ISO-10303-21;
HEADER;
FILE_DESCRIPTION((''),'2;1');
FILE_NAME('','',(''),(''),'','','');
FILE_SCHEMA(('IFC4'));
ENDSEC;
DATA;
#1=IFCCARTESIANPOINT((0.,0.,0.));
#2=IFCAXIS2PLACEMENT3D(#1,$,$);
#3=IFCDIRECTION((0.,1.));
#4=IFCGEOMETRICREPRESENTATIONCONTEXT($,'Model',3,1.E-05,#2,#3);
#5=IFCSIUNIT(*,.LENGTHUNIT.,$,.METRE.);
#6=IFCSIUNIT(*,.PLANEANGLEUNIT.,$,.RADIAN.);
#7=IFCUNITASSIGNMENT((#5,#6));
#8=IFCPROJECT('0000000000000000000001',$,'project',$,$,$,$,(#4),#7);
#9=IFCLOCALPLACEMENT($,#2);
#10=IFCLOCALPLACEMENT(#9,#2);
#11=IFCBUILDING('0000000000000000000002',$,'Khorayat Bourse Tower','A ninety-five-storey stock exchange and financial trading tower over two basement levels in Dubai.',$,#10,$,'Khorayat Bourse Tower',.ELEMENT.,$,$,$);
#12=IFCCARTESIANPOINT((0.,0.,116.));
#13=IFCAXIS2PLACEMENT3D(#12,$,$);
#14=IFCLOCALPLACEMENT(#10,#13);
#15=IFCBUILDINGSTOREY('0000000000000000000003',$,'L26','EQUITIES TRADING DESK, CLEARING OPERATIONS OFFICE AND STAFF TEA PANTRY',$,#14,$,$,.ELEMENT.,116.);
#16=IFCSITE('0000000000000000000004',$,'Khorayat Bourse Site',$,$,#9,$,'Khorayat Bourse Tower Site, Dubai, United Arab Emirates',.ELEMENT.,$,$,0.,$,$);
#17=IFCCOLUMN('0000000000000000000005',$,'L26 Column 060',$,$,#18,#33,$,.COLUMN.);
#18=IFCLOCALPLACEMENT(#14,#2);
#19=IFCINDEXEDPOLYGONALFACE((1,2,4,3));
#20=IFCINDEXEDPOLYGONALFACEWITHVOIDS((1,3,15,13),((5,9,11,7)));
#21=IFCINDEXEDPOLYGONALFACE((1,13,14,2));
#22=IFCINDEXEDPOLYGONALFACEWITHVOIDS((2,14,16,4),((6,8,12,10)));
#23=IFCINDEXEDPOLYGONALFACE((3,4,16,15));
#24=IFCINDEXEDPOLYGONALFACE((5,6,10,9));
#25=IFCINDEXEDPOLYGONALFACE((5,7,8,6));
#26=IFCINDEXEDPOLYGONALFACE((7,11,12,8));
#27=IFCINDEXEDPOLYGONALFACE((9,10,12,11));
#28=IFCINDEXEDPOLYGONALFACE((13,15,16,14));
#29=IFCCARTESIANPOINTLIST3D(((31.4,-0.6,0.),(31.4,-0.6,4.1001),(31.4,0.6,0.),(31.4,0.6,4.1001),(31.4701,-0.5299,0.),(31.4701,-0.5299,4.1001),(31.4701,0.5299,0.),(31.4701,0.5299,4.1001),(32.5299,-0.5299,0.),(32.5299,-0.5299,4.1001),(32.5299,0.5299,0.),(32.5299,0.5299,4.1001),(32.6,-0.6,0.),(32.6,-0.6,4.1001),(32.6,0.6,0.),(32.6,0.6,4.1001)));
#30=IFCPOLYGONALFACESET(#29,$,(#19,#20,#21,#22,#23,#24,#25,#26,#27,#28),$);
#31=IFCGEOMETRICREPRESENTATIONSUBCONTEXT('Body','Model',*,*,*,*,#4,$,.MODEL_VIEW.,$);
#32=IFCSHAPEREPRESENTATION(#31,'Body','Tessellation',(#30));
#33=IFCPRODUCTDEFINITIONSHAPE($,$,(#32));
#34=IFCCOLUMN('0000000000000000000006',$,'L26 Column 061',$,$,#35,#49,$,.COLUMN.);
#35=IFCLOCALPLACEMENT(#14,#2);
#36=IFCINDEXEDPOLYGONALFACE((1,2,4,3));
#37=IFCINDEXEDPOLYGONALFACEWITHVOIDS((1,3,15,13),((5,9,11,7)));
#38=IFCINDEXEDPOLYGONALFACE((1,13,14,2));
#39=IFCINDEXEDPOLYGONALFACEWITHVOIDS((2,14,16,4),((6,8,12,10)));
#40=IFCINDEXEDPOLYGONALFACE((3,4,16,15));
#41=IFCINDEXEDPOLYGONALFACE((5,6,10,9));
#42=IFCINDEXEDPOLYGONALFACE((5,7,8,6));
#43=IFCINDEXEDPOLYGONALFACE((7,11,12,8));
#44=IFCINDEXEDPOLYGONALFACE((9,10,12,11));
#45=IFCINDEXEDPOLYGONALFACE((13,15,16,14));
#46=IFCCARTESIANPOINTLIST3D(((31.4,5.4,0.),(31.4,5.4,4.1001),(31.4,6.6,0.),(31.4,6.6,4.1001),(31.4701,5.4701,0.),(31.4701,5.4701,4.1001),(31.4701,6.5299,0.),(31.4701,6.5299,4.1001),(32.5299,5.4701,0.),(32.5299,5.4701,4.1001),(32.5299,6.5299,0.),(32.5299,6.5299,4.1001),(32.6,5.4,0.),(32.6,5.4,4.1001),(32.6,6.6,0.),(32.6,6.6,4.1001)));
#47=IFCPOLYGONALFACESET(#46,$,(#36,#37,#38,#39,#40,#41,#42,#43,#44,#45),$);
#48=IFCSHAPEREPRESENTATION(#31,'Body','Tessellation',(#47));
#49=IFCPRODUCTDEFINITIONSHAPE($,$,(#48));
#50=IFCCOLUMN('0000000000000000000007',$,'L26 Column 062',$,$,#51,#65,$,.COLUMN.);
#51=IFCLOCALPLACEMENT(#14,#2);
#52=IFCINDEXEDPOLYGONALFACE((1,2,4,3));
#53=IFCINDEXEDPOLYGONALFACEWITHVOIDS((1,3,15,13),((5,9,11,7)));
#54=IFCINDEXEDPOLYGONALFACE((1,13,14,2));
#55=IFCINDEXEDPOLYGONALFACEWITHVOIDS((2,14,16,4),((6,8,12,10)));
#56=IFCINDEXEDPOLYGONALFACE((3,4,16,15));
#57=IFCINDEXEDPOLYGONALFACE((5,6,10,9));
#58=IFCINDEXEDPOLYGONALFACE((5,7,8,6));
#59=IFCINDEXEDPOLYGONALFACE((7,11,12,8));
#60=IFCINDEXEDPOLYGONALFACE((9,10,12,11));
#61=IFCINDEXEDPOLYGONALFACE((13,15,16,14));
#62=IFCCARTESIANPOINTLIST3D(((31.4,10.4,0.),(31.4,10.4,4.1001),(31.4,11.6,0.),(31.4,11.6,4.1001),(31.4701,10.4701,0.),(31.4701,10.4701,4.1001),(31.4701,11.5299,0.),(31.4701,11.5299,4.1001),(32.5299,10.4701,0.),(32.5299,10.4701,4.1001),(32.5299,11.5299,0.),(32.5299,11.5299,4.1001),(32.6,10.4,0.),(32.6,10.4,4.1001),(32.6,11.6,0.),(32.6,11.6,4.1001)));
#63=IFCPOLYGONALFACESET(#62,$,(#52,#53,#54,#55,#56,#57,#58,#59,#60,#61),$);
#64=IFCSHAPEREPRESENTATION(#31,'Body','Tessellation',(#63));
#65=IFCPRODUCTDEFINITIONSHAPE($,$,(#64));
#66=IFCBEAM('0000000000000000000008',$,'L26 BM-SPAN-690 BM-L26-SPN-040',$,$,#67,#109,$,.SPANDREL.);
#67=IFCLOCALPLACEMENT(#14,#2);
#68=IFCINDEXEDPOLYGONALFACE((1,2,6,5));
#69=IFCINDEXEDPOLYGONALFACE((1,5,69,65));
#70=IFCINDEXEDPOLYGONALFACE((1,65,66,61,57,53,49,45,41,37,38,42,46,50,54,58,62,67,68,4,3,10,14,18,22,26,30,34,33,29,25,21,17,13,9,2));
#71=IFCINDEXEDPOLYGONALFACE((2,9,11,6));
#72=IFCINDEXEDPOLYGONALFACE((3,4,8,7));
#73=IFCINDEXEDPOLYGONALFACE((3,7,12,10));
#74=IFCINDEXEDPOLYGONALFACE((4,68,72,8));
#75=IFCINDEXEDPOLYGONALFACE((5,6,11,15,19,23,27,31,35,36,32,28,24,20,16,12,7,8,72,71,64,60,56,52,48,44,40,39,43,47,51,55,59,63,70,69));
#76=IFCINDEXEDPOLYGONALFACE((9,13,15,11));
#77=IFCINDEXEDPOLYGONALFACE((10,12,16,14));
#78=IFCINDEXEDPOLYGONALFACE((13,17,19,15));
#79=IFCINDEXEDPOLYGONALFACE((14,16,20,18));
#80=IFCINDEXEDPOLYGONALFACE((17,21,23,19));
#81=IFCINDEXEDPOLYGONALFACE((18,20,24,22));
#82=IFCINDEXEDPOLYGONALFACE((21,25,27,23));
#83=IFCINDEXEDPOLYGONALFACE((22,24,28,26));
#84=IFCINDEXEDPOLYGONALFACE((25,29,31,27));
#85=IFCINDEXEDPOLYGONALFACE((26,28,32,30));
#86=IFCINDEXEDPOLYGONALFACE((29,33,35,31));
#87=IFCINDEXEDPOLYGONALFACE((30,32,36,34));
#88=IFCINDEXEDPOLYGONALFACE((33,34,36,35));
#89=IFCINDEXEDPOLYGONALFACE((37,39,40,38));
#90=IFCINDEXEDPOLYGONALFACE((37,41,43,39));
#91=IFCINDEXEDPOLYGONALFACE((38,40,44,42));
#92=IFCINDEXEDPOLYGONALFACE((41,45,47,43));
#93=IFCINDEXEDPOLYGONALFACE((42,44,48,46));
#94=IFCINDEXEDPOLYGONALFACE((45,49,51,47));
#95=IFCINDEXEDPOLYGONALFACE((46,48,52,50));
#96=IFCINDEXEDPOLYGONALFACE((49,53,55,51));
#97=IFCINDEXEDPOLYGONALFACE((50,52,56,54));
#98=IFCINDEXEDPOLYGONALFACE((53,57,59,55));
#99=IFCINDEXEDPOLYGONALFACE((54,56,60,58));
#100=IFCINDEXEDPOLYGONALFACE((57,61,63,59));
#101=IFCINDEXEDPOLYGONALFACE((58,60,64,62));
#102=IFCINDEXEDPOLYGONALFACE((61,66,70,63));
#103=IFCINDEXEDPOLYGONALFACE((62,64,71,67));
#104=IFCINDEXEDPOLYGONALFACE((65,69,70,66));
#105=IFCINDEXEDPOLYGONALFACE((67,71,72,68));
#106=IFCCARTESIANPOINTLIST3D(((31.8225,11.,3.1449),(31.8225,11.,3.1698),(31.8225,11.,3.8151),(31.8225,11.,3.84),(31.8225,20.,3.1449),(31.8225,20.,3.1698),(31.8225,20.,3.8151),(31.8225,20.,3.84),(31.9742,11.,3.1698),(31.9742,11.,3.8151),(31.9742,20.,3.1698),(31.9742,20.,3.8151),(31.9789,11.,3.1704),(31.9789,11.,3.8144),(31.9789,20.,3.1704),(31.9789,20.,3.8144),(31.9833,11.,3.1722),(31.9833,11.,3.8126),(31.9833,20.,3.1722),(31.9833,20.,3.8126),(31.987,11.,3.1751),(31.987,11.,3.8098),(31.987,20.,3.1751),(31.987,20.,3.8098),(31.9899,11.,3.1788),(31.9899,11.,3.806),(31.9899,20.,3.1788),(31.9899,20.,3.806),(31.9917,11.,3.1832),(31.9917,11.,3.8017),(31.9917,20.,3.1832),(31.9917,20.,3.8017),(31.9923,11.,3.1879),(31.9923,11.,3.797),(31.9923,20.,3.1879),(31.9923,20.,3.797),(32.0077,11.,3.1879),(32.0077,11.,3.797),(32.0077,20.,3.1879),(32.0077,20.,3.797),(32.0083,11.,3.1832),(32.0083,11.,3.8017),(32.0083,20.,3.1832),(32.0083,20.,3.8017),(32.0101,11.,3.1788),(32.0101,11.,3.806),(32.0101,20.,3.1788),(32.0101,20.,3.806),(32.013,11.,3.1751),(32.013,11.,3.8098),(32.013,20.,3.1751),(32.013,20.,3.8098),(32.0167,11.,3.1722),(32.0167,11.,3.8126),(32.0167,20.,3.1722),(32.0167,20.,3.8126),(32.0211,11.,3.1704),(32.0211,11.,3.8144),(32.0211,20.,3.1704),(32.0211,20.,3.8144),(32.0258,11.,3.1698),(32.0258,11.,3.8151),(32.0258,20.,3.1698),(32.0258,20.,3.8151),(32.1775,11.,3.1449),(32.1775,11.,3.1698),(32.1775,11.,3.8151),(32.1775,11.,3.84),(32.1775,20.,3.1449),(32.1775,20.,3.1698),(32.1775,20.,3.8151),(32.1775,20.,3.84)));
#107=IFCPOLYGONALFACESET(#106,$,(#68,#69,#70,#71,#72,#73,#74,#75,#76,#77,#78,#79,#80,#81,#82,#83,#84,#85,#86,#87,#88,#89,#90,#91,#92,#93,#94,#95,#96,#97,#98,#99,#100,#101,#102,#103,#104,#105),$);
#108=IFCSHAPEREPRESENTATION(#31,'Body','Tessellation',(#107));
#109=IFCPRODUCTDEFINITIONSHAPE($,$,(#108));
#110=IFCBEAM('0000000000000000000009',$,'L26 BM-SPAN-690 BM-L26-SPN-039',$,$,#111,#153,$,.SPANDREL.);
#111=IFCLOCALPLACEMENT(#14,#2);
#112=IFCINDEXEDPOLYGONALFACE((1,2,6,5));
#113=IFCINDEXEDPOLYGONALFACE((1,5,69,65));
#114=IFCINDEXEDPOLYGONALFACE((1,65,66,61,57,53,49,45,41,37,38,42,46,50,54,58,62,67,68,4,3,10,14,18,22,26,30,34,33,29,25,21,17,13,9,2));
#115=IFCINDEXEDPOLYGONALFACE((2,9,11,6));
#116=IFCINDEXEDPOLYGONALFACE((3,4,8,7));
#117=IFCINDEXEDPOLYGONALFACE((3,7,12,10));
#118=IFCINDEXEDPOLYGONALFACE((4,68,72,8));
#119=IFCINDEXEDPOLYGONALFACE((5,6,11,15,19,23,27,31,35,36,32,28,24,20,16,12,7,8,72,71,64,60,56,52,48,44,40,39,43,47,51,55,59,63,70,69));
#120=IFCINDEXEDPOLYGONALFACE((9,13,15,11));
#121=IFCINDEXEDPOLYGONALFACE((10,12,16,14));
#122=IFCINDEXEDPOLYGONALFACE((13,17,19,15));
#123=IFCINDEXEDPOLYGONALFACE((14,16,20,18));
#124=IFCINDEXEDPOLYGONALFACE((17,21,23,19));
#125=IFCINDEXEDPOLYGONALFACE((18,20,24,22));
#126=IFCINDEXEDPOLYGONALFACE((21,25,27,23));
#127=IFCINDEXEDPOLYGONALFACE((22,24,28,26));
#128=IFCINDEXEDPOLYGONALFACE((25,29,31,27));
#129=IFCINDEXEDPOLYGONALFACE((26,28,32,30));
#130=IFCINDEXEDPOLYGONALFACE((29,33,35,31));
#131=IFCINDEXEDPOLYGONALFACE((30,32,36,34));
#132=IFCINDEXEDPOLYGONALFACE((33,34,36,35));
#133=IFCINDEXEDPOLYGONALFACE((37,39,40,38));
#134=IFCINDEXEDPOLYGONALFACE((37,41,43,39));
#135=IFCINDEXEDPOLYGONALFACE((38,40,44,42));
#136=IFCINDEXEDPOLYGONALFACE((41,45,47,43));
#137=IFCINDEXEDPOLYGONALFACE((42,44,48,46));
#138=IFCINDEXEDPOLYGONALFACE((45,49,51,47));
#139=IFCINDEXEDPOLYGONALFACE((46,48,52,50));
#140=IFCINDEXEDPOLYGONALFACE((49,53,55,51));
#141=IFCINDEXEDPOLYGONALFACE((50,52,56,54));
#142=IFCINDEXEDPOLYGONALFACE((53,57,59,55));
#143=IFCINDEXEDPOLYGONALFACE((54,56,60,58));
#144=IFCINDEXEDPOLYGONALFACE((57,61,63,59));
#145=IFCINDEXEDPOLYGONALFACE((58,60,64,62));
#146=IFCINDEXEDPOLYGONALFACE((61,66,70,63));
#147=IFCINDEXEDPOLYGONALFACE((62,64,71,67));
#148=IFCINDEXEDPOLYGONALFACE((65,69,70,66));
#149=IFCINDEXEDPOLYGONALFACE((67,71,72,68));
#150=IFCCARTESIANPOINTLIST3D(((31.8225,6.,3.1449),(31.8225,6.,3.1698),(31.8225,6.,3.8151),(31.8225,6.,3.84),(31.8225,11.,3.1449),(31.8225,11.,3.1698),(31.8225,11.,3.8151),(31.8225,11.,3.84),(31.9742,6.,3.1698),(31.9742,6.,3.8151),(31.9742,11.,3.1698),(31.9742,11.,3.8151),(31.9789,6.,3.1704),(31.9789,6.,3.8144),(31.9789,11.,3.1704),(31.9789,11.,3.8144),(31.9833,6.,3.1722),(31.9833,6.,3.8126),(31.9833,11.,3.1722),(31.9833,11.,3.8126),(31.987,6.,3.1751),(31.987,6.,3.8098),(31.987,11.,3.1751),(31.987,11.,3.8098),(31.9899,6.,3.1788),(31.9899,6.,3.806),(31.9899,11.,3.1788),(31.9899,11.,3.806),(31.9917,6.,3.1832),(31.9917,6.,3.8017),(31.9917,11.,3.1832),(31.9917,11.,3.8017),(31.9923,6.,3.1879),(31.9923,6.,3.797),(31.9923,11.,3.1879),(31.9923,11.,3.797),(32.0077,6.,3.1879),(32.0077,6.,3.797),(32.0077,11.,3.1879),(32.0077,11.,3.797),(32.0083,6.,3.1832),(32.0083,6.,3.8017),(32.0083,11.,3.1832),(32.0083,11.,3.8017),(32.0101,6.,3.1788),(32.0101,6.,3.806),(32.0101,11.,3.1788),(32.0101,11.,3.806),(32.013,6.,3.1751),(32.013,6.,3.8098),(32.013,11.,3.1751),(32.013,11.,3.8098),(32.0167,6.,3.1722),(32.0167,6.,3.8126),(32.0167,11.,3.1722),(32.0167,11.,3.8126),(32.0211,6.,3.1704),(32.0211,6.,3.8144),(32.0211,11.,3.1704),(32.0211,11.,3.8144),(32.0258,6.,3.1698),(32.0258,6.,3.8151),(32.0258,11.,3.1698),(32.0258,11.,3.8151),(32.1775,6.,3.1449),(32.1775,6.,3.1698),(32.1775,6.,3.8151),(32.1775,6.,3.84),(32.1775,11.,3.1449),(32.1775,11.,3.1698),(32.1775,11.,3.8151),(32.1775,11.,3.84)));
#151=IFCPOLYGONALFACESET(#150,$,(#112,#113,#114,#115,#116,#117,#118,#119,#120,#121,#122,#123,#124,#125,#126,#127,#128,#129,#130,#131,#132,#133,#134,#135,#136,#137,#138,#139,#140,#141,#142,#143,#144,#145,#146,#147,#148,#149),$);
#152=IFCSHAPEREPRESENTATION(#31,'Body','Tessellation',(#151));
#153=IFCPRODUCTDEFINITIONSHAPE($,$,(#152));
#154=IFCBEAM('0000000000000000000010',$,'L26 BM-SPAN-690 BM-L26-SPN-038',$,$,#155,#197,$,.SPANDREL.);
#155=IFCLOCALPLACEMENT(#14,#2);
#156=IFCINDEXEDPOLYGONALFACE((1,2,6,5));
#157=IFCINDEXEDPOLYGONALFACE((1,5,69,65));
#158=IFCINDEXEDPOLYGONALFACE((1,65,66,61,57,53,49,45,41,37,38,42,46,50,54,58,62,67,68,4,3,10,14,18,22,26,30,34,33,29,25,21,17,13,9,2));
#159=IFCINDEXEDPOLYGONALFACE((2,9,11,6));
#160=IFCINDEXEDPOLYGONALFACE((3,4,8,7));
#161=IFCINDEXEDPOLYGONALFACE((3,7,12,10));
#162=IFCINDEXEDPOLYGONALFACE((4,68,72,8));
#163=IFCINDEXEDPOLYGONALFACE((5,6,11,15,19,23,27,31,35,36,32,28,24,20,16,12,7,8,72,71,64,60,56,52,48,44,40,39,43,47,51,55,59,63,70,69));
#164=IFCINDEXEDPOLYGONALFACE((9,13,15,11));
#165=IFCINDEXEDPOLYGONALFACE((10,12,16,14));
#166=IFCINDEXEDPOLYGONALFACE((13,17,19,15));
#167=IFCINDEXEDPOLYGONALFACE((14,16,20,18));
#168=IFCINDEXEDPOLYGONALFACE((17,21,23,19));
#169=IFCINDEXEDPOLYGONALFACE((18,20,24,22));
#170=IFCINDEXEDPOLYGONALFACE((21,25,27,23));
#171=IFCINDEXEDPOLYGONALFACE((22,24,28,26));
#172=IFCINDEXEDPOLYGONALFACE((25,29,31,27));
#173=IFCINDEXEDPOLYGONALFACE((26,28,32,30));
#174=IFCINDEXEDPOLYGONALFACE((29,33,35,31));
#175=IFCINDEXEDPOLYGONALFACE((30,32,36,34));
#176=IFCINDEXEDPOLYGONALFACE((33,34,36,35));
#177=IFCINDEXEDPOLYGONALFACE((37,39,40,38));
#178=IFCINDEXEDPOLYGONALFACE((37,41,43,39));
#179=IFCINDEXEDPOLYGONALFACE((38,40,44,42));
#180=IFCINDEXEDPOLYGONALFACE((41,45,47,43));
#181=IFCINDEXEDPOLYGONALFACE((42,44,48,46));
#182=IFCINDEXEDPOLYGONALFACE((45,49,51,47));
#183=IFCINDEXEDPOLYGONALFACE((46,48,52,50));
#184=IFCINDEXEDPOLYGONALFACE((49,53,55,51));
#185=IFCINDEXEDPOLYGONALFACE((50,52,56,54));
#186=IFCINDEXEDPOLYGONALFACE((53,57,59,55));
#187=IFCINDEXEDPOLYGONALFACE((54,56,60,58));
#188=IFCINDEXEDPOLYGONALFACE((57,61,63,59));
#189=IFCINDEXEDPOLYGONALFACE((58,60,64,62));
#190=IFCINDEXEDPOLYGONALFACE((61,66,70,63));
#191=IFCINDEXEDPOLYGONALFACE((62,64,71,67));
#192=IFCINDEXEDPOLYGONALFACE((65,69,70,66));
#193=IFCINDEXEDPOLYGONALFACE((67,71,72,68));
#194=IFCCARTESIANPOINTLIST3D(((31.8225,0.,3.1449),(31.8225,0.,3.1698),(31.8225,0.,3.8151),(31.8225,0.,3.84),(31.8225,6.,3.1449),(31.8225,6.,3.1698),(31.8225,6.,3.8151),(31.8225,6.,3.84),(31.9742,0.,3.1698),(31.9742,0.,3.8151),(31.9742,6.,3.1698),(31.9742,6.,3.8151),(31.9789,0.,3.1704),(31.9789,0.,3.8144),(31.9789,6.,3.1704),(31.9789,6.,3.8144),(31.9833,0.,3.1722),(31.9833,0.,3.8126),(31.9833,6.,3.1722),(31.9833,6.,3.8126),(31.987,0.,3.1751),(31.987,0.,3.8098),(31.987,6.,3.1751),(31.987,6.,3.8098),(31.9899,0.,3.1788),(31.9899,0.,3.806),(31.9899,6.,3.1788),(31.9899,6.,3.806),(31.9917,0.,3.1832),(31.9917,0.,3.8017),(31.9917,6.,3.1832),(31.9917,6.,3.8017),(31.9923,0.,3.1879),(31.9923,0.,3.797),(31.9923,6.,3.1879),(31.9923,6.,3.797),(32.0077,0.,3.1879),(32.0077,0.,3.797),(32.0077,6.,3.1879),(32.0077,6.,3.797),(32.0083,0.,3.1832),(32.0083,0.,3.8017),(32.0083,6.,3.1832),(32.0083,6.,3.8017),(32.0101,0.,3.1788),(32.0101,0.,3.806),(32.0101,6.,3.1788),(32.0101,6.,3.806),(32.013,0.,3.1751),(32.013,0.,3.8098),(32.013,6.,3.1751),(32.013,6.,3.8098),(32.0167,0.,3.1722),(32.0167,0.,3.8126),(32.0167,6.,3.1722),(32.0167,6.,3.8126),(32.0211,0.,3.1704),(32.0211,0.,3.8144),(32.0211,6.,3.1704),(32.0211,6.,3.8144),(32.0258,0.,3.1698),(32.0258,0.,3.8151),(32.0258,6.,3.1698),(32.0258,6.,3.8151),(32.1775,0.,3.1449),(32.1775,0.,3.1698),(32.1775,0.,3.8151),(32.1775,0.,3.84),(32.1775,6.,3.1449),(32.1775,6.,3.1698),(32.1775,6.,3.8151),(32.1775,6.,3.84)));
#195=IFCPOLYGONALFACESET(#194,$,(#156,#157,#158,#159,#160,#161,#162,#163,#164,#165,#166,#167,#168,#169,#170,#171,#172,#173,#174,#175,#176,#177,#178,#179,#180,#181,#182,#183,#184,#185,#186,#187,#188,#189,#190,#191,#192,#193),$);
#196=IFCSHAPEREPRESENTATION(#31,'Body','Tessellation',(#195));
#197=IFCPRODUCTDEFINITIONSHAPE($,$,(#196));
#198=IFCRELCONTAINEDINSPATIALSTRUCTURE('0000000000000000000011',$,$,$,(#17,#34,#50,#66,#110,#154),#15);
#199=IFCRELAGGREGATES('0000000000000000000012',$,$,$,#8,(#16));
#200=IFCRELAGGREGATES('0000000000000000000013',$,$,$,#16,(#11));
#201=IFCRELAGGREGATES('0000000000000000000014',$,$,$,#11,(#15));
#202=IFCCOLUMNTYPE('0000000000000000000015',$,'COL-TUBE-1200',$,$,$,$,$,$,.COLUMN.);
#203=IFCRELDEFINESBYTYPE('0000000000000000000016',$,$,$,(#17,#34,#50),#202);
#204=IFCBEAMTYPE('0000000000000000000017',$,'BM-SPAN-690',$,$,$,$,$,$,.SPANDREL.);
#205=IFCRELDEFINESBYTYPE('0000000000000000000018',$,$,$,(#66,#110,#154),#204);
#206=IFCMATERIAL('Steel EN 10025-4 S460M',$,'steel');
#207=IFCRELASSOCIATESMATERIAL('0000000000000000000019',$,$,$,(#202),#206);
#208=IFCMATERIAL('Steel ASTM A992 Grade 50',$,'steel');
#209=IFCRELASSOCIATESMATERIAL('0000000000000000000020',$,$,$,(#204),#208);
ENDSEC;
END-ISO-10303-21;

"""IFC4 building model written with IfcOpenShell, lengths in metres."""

from ifc_helpers import new_model, si_unit, direction, frame, origin, origin_2d, place, context, subcontext, project, spatial, hollow_rectangle, i_section, extrude, source, transform, mapped, material, material_profile, profile_set, type_object, element, save


model = new_model("IFC4")

# Units and contexts
model_context = context("Model", 3, precision=1e-05, world=origin(), true_north=direction((0.0, 1.0)))
body_context = subcontext(model_context, "Body", "Model", "MODEL_VIEW")
ifc_project = project(units=[si_unit("LENGTHUNIT", "METRE"), si_unit("PLANEANGLEUNIT", "RADIAN")], contexts=[model_context])

# Site, building, storey
site_placement = place(None, origin())
site = spatial("IfcSite", under=ifc_project, at=site_placement, Name="Khorayat Bourse Site", LongName="Khorayat Bourse Tower Site, Dubai, United Arab Emirates", CompositionType="ELEMENT", RefElevation=0.0)
building_placement = place(site_placement, origin())
building = spatial("IfcBuilding", under=site, at=building_placement, Name="Khorayat Bourse Tower", Description="A ninety-five-storey stock exchange and financial trading tower over two basement levels in Dubai.", LongName="Khorayat Bourse Tower", CompositionType="ELEMENT")
storey_placement = place(building_placement, frame((0.0, 0.0, 116.0)))
storey = spatial("IfcBuildingStorey", under=building, at=storey_placement, Name="L26", Description="EQUITIES TRADING DESK, CLEARING OPERATIONS OFFICE AND STAFF TEA PANTRY", CompositionType="ELEMENT", Elevation=116.0)

# Columns
ifc_material_1 = material(Name="Steel EN 10025-4 S460M", Category="steel")
ifc_material_profile_1 = material_profile(ifc_material_1, hollow_rectangle(XDim=1.2, YDim=1.2, WallThickness=0.0701, at=origin_2d()), Name="BOX 1200x1200x70")
ifc_profile_set_1 = profile_set([ifc_material_profile_1], Name="Steel EN 10025-4 S460M")
column_type = type_object("IfcColumnType", Name="COL-TUBE-1200", PredefinedType="COLUMN", material=ifc_profile_set_1)
shared_shape_1 = source(origin(), body_context, "Body", "SweptSolid", [
    extrude(hollow_rectangle(XDim=1.2, YDim=1.2, WallThickness=0.0701, at=origin_2d()), origin(), (0.0, 0.0, 1.0), 4.1001),
])
for number, where, z_axis, x_axis, name in (
    (1, (32.0, 0.0, 0.0), (0.0, 0.0, 1.0), (1.0, 0.0, 0.0), "L26 Column 060"),
    (2, (32.0, 6.0, 0.0), (0.0, 0.0, 1.0), (1.0, 0.0, 0.0), "L26 Column 061"),
    (3, (32.0, 11.0, 0.0), (0.0, 0.0, 1.0), (1.0, 0.0, 0.0), "L26 Column 062"),
):
    element("IfcColumn", number, at=place(storey_placement, frame(where, z_axis=z_axis, x_axis=x_axis)), inside=storey, type_object=column_type, Name=name, PredefinedType="COLUMN", context=body_context, shape_type="MappedRepresentation", body=[
        mapped(shared_shape_1, transform((0.0, 0.0, 0.0), scale=1.0)),
    ])

# Beams
ifc_material_2 = material(Name="Steel ASTM A992 Grade 50", Category="steel")
ifc_material_profile_2 = material_profile(ifc_material_2, i_section(OverallWidth=0.355, OverallDepth=0.6951, WebThickness=0.0154, FlangeThickness=0.0249, FilletRadius=0.0181, at=origin_2d()), Name="W690X217")
ifc_profile_set_2 = profile_set([ifc_material_profile_2], Name="Steel ASTM A992 Grade 50")
beam_type_1 = type_object("IfcBeamType", Name="BM-SPAN-690", PredefinedType="SPANDREL", material=ifc_profile_set_2)
shared_shape_2 = source(origin(), body_context, "Body", "SweptSolid", [
    extrude(i_section(OverallWidth=0.355, OverallDepth=0.6951, WebThickness=0.0154, FlangeThickness=0.0249, FilletRadius=0.0181, at=origin_2d()), origin(), (0.0, 0.0, 1.0), 9.0),
])
beam_1_placement = place(storey_placement, frame((32.0, 11.0, 3.4924), z_axis=(0.0, 1.0, 0.0), x_axis=(-1.0, 0.0, 0.0)))
element("IfcBeam", 4, at=beam_1_placement, inside=storey, type_object=beam_type_1, Name="L26 BM-SPAN-690 BM-L26-SPN-040", PredefinedType="SPANDREL", context=body_context, shape_type="MappedRepresentation", body=[
    mapped(shared_shape_2, transform((0.0, 0.0, 0.0), scale=1.0)),
])
shared_shape_3 = source(origin(), body_context, "Body", "SweptSolid", [
    extrude(i_section(OverallWidth=0.355, OverallDepth=0.6951, WebThickness=0.0154, FlangeThickness=0.0249, FilletRadius=0.0181, at=origin_2d()), origin(), (0.0, 0.0, 1.0), 5.0),
])
beam_2_placement = place(storey_placement, frame((32.0, 6.0, 3.4924), z_axis=(0.0, 1.0, 0.0), x_axis=(-1.0, 0.0, 0.0)))
element("IfcBeam", 5, at=beam_2_placement, inside=storey, type_object=beam_type_1, Name="L26 BM-SPAN-690 BM-L26-SPN-039", PredefinedType="SPANDREL", context=body_context, shape_type="MappedRepresentation", body=[
    mapped(shared_shape_3, transform((0.0, 0.0, 0.0), scale=1.0)),
])
shared_shape_4 = source(origin(), body_context, "Body", "SweptSolid", [
    extrude(i_section(OverallWidth=0.355, OverallDepth=0.6951, WebThickness=0.0154, FlangeThickness=0.0249, FilletRadius=0.0181, at=origin_2d()), origin(), (0.0, 0.0, 1.0), 6.0),
])
beam_3_placement = place(storey_placement, frame((32.0, 0.0, 3.4924), z_axis=(0.0, 1.0, 0.0), x_axis=(-1.0, 0.0, 0.0)))
element("IfcBeam", 6, at=beam_3_placement, inside=storey, type_object=beam_type_1, Name="L26 BM-SPAN-690 BM-L26-SPN-038", PredefinedType="SPANDREL", context=body_context, shape_type="MappedRepresentation", body=[
    mapped(shared_shape_4, transform((0.0, 0.0, 0.0), scale=1.0)),
])

save(model, "model.ifc")
